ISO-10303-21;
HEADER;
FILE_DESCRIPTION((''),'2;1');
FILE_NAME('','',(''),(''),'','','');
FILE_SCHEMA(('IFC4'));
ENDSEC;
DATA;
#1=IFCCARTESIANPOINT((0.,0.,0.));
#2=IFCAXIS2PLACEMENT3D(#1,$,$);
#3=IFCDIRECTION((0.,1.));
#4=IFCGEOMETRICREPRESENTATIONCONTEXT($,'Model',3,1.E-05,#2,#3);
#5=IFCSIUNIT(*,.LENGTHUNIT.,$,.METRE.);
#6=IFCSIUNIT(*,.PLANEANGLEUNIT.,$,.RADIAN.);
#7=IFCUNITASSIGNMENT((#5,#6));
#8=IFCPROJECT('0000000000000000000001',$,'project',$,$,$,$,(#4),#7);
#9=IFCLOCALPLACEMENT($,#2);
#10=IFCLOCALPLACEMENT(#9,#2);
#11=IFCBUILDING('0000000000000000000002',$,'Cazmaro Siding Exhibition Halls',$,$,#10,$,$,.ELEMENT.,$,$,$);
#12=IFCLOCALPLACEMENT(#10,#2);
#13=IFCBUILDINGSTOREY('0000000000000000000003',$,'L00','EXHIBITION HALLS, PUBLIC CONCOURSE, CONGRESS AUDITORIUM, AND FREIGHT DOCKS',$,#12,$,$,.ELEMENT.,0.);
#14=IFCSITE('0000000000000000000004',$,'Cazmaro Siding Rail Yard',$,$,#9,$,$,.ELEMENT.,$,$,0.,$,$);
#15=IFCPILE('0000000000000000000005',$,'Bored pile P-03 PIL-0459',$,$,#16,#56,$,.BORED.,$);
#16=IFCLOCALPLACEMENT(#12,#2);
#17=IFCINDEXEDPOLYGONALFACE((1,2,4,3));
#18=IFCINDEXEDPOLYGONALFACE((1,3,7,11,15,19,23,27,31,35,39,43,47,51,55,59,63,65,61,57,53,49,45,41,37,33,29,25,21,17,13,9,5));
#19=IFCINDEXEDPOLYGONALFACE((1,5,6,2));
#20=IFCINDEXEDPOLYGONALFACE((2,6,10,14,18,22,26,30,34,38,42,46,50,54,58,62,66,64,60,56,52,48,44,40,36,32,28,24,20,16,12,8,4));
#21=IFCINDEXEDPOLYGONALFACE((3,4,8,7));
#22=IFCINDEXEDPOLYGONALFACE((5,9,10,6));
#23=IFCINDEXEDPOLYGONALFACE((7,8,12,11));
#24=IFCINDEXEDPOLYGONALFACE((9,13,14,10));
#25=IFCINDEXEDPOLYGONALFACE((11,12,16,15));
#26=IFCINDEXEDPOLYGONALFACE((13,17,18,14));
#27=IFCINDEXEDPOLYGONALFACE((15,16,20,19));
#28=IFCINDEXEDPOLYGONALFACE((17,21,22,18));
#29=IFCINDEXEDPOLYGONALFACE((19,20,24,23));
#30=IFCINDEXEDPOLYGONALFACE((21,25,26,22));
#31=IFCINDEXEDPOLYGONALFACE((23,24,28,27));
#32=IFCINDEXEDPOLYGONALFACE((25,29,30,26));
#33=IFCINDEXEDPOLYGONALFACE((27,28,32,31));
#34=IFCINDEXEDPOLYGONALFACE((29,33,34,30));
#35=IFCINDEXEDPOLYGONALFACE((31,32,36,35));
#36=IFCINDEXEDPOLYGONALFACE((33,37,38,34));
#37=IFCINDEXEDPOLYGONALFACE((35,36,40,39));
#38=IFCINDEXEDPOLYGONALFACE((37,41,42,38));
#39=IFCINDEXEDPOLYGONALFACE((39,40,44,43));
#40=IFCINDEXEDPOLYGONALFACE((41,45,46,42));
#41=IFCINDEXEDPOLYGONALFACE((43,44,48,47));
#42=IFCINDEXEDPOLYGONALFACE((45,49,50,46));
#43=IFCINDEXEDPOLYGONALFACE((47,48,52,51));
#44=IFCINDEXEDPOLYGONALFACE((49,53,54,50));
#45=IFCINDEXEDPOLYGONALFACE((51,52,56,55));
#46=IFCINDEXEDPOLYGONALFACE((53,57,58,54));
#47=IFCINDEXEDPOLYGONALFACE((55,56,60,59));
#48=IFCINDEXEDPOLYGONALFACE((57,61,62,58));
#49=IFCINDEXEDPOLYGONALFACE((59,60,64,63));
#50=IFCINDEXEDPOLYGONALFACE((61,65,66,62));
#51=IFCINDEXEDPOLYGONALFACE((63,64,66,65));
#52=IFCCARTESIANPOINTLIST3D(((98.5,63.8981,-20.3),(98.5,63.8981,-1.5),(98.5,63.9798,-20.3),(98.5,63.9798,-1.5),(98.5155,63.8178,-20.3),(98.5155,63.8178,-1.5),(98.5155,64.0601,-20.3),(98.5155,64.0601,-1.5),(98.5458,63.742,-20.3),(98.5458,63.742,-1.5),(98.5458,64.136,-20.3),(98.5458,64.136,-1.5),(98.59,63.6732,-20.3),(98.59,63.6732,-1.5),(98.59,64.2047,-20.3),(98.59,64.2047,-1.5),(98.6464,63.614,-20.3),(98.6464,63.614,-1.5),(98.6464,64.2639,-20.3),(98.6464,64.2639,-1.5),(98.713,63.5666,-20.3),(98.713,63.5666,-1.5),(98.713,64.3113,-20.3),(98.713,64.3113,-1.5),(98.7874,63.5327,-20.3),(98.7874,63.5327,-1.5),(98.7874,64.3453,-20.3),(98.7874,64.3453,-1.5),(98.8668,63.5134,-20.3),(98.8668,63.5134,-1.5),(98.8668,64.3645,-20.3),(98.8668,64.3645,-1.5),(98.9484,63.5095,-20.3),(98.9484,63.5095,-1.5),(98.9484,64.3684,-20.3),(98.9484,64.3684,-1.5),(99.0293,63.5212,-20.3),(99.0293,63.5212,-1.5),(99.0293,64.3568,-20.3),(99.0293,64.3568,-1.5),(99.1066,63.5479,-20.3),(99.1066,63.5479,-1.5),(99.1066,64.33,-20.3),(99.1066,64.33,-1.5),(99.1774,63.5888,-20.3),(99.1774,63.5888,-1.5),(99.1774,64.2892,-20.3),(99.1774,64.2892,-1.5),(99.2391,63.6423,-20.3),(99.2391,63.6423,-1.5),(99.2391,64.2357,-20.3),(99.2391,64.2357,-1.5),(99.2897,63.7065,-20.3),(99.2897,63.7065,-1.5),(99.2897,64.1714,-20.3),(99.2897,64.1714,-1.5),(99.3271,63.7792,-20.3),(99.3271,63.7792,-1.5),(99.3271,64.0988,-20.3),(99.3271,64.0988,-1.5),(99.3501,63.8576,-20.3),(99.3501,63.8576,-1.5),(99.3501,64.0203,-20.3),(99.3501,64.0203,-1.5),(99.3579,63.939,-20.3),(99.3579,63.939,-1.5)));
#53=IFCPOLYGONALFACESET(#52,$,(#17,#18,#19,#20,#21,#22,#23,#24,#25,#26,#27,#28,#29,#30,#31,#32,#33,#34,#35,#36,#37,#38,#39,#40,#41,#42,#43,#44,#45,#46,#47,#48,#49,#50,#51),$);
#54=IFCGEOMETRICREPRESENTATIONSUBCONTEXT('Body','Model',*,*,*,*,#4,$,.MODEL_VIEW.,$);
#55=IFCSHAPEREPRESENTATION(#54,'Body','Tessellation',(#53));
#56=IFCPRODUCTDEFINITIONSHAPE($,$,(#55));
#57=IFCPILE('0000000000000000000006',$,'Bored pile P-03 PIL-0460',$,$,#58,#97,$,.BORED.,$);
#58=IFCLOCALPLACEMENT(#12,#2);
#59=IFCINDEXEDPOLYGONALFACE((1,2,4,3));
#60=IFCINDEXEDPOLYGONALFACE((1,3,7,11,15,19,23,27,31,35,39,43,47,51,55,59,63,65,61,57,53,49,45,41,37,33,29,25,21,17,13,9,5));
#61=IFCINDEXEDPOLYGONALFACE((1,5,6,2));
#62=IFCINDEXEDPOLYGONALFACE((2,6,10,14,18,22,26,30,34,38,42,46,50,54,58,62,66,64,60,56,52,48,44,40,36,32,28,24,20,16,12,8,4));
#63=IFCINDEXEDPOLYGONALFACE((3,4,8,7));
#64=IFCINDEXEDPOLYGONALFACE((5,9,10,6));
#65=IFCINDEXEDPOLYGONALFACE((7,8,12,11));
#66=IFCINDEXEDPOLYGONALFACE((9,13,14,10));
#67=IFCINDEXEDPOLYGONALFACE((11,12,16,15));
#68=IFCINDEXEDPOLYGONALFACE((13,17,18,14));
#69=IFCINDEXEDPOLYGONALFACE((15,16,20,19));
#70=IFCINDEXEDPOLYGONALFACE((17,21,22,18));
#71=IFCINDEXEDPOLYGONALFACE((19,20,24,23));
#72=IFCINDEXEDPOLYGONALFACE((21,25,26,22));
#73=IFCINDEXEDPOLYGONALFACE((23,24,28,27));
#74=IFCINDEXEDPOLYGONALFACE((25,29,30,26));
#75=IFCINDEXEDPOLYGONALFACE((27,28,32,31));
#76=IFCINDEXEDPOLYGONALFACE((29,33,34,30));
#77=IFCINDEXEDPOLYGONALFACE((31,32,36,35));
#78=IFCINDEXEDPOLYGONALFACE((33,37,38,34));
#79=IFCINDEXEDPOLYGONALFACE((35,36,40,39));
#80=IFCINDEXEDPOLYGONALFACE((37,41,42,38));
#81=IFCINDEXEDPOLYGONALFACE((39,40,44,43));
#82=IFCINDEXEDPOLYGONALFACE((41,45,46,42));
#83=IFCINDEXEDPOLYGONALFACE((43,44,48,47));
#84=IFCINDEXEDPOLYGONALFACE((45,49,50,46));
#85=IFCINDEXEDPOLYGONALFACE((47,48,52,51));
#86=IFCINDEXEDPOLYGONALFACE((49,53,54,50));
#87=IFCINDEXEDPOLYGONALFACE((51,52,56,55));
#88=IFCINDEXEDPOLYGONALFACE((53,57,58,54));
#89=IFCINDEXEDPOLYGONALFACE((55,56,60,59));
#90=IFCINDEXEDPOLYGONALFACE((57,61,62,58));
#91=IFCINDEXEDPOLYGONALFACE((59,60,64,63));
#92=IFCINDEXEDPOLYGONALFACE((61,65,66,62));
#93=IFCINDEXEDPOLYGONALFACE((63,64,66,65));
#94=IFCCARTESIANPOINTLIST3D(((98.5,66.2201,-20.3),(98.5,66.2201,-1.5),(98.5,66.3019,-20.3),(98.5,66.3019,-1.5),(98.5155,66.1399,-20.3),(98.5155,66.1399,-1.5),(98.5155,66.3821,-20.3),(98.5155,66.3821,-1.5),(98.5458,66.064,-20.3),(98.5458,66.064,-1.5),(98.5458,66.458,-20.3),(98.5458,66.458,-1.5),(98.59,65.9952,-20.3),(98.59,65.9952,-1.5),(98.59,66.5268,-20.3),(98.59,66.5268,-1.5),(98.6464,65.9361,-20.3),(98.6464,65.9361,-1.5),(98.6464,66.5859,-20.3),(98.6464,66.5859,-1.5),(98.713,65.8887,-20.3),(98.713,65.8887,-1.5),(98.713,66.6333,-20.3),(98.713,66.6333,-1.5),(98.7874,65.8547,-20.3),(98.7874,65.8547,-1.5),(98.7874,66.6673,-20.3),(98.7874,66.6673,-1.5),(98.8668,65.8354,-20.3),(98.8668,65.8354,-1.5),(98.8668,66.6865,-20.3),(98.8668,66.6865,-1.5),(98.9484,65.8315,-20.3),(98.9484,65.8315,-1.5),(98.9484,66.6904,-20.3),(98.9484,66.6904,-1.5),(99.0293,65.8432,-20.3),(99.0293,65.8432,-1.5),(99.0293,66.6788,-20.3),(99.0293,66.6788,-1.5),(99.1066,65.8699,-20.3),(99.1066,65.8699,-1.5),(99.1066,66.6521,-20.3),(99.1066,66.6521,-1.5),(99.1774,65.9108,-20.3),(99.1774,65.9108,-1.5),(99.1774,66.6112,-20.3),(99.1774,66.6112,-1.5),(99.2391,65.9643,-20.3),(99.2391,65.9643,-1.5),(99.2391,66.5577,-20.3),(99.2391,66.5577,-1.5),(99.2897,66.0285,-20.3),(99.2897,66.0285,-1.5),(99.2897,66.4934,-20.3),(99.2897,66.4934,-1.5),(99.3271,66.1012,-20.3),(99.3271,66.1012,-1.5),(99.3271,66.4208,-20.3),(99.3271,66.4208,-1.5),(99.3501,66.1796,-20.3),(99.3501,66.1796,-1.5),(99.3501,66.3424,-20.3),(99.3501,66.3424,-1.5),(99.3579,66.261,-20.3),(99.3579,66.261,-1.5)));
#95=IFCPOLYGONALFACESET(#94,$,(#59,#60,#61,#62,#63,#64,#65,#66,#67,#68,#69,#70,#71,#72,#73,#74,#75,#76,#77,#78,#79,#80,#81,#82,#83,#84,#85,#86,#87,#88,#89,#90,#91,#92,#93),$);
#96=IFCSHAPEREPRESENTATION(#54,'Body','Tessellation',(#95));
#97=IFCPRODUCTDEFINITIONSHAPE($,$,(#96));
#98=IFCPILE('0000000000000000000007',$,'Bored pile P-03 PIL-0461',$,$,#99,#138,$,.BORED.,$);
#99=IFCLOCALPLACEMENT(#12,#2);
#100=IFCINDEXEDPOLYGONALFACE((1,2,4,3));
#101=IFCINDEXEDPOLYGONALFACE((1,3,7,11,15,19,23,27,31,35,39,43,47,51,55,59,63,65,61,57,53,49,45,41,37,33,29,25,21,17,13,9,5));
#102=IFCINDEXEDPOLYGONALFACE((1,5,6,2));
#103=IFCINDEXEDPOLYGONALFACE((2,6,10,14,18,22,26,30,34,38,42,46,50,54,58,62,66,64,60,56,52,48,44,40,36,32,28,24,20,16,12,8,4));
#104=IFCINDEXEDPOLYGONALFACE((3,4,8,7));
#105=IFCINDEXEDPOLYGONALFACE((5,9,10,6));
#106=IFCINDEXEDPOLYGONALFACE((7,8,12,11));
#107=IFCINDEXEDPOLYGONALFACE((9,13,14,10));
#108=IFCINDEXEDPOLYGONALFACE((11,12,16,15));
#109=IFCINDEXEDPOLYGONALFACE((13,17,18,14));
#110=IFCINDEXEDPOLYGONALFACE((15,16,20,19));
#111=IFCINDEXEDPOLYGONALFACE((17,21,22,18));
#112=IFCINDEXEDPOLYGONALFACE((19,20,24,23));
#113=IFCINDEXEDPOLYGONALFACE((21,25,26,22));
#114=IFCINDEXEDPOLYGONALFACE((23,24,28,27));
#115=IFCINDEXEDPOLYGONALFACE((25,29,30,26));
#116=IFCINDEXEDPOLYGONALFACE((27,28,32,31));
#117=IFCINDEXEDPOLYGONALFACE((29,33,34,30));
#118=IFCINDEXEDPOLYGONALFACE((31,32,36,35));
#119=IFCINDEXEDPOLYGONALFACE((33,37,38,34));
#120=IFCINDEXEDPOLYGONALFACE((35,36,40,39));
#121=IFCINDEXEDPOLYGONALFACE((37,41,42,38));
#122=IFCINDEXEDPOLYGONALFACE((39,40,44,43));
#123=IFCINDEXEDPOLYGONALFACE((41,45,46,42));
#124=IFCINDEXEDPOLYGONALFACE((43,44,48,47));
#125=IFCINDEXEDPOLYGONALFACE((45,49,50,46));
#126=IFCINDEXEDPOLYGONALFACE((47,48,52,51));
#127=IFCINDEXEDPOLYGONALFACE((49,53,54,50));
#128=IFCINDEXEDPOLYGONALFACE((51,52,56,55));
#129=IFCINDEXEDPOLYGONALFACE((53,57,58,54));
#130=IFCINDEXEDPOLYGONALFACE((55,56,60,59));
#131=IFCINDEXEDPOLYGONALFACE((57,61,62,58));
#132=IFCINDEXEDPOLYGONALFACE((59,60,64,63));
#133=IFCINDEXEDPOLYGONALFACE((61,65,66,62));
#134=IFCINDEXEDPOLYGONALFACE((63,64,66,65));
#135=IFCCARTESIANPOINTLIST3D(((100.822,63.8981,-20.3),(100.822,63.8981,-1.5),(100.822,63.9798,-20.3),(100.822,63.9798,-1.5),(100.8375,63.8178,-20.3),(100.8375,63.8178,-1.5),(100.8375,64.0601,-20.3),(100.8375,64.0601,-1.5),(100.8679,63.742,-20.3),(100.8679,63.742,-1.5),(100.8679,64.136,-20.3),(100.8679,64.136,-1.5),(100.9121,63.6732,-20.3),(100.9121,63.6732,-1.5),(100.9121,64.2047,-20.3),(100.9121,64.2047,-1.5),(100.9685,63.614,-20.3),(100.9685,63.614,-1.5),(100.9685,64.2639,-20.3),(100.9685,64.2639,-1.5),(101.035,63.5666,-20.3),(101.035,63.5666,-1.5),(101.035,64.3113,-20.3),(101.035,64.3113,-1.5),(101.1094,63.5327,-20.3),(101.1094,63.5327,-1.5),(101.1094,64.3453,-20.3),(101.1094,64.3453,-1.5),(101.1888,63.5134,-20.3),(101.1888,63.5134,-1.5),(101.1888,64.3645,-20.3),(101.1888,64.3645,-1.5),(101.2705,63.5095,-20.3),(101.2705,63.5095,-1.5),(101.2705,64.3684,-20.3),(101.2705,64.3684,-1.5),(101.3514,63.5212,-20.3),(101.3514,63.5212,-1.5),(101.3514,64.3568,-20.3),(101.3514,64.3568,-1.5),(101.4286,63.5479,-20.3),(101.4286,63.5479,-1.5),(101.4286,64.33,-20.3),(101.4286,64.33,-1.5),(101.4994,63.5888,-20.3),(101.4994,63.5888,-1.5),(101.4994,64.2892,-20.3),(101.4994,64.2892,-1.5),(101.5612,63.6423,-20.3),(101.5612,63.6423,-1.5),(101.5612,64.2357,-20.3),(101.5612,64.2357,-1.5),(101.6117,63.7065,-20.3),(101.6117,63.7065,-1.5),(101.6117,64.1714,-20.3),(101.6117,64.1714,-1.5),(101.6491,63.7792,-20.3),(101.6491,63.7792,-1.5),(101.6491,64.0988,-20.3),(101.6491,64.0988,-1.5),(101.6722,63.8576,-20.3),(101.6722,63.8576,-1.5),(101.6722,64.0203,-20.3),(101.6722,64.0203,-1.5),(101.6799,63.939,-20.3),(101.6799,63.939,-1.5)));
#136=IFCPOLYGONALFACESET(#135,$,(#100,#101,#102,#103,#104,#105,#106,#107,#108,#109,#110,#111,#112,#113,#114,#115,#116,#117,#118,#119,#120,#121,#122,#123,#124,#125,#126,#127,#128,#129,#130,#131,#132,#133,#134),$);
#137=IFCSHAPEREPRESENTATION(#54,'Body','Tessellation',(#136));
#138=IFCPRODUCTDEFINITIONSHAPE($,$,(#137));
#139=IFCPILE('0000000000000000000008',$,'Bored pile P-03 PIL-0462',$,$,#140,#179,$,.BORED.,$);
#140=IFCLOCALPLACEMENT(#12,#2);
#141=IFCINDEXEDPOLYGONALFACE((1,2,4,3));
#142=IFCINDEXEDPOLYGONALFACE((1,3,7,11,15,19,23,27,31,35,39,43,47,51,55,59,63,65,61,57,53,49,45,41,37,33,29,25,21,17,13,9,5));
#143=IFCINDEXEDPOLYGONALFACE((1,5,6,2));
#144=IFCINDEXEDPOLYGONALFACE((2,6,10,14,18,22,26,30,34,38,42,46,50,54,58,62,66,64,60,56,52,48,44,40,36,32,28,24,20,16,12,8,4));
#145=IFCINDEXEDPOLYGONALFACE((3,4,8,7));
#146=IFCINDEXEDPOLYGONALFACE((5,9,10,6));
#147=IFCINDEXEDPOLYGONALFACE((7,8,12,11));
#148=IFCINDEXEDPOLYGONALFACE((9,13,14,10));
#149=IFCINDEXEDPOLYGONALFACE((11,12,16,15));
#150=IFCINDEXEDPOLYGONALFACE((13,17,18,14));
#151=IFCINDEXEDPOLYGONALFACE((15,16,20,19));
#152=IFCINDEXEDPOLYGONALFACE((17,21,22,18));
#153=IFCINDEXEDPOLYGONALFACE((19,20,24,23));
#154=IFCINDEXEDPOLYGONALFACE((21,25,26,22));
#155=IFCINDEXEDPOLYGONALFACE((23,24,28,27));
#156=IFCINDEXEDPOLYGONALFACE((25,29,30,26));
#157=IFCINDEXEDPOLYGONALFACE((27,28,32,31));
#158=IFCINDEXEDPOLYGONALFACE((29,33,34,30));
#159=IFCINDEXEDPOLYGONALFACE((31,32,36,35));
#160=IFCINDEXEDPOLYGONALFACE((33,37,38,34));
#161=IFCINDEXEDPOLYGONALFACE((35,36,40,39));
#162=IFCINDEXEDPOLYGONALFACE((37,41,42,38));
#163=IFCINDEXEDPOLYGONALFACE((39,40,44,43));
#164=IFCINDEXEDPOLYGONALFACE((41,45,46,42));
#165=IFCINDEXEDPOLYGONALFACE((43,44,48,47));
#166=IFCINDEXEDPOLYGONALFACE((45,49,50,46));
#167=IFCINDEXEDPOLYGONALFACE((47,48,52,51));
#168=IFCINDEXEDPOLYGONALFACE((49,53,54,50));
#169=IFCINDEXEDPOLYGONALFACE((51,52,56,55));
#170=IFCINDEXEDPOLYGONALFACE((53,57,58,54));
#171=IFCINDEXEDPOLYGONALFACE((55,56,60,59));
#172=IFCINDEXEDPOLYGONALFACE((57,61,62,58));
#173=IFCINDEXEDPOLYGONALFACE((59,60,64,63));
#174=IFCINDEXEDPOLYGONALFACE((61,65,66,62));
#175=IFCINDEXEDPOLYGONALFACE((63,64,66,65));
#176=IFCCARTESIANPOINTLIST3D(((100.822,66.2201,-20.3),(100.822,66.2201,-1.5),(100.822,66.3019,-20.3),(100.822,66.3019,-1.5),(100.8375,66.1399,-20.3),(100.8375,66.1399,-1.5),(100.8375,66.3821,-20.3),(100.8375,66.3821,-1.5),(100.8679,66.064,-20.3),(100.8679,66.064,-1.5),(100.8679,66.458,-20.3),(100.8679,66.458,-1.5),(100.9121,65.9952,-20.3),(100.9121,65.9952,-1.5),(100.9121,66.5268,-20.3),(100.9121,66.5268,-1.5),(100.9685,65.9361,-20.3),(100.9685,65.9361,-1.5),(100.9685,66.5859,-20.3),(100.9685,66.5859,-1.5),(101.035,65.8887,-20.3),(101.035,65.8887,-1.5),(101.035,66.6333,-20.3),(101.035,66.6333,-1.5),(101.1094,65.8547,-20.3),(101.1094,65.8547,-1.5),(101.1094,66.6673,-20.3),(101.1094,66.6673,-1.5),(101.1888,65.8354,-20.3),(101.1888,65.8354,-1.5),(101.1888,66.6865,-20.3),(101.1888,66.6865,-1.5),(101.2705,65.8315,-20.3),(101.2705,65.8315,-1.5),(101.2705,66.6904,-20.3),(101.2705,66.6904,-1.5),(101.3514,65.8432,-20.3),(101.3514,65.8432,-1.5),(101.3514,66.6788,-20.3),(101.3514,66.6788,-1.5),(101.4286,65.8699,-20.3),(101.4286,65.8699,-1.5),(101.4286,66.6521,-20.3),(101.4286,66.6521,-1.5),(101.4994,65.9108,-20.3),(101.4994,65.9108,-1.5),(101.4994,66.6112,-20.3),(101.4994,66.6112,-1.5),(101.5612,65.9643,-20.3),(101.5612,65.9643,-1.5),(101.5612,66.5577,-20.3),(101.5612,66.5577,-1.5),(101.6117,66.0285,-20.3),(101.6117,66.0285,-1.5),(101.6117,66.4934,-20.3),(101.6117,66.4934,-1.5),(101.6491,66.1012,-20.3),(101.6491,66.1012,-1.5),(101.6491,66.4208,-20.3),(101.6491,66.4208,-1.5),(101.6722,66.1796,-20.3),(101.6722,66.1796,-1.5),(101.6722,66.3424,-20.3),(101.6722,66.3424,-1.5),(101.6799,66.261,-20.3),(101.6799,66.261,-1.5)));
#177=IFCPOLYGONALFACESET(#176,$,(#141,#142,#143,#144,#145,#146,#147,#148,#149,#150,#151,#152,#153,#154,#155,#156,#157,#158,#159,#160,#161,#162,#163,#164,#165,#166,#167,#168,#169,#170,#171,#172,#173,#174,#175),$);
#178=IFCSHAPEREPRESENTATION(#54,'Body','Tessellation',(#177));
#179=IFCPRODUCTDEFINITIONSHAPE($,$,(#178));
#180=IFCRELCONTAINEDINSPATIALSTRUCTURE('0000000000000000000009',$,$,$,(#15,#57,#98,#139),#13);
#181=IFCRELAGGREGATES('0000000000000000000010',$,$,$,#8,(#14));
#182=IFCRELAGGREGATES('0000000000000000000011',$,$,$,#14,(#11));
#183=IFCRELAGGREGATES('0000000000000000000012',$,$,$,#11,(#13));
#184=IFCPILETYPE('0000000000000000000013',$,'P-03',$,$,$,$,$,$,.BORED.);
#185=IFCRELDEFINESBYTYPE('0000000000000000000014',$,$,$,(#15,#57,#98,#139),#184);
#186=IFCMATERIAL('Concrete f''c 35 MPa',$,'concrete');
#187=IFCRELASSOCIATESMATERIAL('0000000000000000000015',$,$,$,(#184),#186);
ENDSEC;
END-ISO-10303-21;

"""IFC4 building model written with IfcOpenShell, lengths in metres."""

from ifc_helpers import new_model, si_unit, direction, frame, origin, origin_2d, place, context, subcontext, project, spatial, circle, extrude, material, material_profile, profile_set, type_object, element, save


model = new_model("IFC4")

# Units and contexts
model_context = context("Model", 3, precision=1e-05, world=origin(), true_north=direction((0.0, 1.0)))
body_context = subcontext(model_context, "Body", "Model", "MODEL_VIEW")
ifc_project = project(units=[si_unit("LENGTHUNIT", "METRE"), si_unit("PLANEANGLEUNIT", "RADIAN")], contexts=[model_context])

# Site, building, storey
site_placement = place(None, origin())
site = spatial("IfcSite", under=ifc_project, at=site_placement, Name="Cazmaro Siding Rail Yard", CompositionType="ELEMENT", RefElevation=0.0)
building_placement = place(site_placement, origin())
building = spatial("IfcBuilding", under=site, at=building_placement, Name="Cazmaro Siding Exhibition Halls", CompositionType="ELEMENT")
storey_placement = place(building_placement, origin())
storey = spatial("IfcBuildingStorey", under=building, at=storey_placement, Name="L00", Description="EXHIBITION HALLS, PUBLIC CONCOURSE, CONGRESS AUDITORIUM, AND FREIGHT DOCKS", CompositionType="ELEMENT", Elevation=0.0)

# Piles
ifc_material_1 = material(Name="Concrete f'c 35 MPa", Category="concrete")
ifc_material_profile_1 = material_profile(ifc_material_1, circle(Radius=0.4299, at=origin_2d()), Name="CIDH-860")
ifc_profile_set_1 = profile_set([ifc_material_profile_1], Name="Concrete f'c 35 MPa")
pile_type = type_object("IfcPileType", Name="P-03", PredefinedType="BORED", material=ifc_profile_set_1)
for number, where, z_axis, x_axis, name in (
    (1, (98.928, 63.939, -1.5), (0.0, 0.0, -1.0), (1.0, 0.0, 0.0), "Bored pile P-03 PIL-0459"),
    (2, (98.928, 66.261, -1.5), (0.0, 0.0, -1.0), (1.0, 0.0, 0.0), "Bored pile P-03 PIL-0460"),
    (3, (101.25, 63.939, -1.5), (0.0, 0.0, -1.0), (1.0, 0.0, 0.0), "Bored pile P-03 PIL-0461"),
    (4, (101.25, 66.261, -1.5), (0.0, 0.0, -1.0), (1.0, 0.0, 0.0), "Bored pile P-03 PIL-0462"),
):
    element("IfcPile", number, at=place(storey_placement, frame(where, z_axis=z_axis, x_axis=x_axis)), inside=storey, type_object=pile_type, Name=name, PredefinedType="BORED", context=body_context, shape_type="SweptSolid", body=[
        extrude(circle(Radius=0.4299, at=origin_2d()), origin(), (0.0, 0.0, 1.0), 18.8),
    ])

save(model, "model.ifc")
